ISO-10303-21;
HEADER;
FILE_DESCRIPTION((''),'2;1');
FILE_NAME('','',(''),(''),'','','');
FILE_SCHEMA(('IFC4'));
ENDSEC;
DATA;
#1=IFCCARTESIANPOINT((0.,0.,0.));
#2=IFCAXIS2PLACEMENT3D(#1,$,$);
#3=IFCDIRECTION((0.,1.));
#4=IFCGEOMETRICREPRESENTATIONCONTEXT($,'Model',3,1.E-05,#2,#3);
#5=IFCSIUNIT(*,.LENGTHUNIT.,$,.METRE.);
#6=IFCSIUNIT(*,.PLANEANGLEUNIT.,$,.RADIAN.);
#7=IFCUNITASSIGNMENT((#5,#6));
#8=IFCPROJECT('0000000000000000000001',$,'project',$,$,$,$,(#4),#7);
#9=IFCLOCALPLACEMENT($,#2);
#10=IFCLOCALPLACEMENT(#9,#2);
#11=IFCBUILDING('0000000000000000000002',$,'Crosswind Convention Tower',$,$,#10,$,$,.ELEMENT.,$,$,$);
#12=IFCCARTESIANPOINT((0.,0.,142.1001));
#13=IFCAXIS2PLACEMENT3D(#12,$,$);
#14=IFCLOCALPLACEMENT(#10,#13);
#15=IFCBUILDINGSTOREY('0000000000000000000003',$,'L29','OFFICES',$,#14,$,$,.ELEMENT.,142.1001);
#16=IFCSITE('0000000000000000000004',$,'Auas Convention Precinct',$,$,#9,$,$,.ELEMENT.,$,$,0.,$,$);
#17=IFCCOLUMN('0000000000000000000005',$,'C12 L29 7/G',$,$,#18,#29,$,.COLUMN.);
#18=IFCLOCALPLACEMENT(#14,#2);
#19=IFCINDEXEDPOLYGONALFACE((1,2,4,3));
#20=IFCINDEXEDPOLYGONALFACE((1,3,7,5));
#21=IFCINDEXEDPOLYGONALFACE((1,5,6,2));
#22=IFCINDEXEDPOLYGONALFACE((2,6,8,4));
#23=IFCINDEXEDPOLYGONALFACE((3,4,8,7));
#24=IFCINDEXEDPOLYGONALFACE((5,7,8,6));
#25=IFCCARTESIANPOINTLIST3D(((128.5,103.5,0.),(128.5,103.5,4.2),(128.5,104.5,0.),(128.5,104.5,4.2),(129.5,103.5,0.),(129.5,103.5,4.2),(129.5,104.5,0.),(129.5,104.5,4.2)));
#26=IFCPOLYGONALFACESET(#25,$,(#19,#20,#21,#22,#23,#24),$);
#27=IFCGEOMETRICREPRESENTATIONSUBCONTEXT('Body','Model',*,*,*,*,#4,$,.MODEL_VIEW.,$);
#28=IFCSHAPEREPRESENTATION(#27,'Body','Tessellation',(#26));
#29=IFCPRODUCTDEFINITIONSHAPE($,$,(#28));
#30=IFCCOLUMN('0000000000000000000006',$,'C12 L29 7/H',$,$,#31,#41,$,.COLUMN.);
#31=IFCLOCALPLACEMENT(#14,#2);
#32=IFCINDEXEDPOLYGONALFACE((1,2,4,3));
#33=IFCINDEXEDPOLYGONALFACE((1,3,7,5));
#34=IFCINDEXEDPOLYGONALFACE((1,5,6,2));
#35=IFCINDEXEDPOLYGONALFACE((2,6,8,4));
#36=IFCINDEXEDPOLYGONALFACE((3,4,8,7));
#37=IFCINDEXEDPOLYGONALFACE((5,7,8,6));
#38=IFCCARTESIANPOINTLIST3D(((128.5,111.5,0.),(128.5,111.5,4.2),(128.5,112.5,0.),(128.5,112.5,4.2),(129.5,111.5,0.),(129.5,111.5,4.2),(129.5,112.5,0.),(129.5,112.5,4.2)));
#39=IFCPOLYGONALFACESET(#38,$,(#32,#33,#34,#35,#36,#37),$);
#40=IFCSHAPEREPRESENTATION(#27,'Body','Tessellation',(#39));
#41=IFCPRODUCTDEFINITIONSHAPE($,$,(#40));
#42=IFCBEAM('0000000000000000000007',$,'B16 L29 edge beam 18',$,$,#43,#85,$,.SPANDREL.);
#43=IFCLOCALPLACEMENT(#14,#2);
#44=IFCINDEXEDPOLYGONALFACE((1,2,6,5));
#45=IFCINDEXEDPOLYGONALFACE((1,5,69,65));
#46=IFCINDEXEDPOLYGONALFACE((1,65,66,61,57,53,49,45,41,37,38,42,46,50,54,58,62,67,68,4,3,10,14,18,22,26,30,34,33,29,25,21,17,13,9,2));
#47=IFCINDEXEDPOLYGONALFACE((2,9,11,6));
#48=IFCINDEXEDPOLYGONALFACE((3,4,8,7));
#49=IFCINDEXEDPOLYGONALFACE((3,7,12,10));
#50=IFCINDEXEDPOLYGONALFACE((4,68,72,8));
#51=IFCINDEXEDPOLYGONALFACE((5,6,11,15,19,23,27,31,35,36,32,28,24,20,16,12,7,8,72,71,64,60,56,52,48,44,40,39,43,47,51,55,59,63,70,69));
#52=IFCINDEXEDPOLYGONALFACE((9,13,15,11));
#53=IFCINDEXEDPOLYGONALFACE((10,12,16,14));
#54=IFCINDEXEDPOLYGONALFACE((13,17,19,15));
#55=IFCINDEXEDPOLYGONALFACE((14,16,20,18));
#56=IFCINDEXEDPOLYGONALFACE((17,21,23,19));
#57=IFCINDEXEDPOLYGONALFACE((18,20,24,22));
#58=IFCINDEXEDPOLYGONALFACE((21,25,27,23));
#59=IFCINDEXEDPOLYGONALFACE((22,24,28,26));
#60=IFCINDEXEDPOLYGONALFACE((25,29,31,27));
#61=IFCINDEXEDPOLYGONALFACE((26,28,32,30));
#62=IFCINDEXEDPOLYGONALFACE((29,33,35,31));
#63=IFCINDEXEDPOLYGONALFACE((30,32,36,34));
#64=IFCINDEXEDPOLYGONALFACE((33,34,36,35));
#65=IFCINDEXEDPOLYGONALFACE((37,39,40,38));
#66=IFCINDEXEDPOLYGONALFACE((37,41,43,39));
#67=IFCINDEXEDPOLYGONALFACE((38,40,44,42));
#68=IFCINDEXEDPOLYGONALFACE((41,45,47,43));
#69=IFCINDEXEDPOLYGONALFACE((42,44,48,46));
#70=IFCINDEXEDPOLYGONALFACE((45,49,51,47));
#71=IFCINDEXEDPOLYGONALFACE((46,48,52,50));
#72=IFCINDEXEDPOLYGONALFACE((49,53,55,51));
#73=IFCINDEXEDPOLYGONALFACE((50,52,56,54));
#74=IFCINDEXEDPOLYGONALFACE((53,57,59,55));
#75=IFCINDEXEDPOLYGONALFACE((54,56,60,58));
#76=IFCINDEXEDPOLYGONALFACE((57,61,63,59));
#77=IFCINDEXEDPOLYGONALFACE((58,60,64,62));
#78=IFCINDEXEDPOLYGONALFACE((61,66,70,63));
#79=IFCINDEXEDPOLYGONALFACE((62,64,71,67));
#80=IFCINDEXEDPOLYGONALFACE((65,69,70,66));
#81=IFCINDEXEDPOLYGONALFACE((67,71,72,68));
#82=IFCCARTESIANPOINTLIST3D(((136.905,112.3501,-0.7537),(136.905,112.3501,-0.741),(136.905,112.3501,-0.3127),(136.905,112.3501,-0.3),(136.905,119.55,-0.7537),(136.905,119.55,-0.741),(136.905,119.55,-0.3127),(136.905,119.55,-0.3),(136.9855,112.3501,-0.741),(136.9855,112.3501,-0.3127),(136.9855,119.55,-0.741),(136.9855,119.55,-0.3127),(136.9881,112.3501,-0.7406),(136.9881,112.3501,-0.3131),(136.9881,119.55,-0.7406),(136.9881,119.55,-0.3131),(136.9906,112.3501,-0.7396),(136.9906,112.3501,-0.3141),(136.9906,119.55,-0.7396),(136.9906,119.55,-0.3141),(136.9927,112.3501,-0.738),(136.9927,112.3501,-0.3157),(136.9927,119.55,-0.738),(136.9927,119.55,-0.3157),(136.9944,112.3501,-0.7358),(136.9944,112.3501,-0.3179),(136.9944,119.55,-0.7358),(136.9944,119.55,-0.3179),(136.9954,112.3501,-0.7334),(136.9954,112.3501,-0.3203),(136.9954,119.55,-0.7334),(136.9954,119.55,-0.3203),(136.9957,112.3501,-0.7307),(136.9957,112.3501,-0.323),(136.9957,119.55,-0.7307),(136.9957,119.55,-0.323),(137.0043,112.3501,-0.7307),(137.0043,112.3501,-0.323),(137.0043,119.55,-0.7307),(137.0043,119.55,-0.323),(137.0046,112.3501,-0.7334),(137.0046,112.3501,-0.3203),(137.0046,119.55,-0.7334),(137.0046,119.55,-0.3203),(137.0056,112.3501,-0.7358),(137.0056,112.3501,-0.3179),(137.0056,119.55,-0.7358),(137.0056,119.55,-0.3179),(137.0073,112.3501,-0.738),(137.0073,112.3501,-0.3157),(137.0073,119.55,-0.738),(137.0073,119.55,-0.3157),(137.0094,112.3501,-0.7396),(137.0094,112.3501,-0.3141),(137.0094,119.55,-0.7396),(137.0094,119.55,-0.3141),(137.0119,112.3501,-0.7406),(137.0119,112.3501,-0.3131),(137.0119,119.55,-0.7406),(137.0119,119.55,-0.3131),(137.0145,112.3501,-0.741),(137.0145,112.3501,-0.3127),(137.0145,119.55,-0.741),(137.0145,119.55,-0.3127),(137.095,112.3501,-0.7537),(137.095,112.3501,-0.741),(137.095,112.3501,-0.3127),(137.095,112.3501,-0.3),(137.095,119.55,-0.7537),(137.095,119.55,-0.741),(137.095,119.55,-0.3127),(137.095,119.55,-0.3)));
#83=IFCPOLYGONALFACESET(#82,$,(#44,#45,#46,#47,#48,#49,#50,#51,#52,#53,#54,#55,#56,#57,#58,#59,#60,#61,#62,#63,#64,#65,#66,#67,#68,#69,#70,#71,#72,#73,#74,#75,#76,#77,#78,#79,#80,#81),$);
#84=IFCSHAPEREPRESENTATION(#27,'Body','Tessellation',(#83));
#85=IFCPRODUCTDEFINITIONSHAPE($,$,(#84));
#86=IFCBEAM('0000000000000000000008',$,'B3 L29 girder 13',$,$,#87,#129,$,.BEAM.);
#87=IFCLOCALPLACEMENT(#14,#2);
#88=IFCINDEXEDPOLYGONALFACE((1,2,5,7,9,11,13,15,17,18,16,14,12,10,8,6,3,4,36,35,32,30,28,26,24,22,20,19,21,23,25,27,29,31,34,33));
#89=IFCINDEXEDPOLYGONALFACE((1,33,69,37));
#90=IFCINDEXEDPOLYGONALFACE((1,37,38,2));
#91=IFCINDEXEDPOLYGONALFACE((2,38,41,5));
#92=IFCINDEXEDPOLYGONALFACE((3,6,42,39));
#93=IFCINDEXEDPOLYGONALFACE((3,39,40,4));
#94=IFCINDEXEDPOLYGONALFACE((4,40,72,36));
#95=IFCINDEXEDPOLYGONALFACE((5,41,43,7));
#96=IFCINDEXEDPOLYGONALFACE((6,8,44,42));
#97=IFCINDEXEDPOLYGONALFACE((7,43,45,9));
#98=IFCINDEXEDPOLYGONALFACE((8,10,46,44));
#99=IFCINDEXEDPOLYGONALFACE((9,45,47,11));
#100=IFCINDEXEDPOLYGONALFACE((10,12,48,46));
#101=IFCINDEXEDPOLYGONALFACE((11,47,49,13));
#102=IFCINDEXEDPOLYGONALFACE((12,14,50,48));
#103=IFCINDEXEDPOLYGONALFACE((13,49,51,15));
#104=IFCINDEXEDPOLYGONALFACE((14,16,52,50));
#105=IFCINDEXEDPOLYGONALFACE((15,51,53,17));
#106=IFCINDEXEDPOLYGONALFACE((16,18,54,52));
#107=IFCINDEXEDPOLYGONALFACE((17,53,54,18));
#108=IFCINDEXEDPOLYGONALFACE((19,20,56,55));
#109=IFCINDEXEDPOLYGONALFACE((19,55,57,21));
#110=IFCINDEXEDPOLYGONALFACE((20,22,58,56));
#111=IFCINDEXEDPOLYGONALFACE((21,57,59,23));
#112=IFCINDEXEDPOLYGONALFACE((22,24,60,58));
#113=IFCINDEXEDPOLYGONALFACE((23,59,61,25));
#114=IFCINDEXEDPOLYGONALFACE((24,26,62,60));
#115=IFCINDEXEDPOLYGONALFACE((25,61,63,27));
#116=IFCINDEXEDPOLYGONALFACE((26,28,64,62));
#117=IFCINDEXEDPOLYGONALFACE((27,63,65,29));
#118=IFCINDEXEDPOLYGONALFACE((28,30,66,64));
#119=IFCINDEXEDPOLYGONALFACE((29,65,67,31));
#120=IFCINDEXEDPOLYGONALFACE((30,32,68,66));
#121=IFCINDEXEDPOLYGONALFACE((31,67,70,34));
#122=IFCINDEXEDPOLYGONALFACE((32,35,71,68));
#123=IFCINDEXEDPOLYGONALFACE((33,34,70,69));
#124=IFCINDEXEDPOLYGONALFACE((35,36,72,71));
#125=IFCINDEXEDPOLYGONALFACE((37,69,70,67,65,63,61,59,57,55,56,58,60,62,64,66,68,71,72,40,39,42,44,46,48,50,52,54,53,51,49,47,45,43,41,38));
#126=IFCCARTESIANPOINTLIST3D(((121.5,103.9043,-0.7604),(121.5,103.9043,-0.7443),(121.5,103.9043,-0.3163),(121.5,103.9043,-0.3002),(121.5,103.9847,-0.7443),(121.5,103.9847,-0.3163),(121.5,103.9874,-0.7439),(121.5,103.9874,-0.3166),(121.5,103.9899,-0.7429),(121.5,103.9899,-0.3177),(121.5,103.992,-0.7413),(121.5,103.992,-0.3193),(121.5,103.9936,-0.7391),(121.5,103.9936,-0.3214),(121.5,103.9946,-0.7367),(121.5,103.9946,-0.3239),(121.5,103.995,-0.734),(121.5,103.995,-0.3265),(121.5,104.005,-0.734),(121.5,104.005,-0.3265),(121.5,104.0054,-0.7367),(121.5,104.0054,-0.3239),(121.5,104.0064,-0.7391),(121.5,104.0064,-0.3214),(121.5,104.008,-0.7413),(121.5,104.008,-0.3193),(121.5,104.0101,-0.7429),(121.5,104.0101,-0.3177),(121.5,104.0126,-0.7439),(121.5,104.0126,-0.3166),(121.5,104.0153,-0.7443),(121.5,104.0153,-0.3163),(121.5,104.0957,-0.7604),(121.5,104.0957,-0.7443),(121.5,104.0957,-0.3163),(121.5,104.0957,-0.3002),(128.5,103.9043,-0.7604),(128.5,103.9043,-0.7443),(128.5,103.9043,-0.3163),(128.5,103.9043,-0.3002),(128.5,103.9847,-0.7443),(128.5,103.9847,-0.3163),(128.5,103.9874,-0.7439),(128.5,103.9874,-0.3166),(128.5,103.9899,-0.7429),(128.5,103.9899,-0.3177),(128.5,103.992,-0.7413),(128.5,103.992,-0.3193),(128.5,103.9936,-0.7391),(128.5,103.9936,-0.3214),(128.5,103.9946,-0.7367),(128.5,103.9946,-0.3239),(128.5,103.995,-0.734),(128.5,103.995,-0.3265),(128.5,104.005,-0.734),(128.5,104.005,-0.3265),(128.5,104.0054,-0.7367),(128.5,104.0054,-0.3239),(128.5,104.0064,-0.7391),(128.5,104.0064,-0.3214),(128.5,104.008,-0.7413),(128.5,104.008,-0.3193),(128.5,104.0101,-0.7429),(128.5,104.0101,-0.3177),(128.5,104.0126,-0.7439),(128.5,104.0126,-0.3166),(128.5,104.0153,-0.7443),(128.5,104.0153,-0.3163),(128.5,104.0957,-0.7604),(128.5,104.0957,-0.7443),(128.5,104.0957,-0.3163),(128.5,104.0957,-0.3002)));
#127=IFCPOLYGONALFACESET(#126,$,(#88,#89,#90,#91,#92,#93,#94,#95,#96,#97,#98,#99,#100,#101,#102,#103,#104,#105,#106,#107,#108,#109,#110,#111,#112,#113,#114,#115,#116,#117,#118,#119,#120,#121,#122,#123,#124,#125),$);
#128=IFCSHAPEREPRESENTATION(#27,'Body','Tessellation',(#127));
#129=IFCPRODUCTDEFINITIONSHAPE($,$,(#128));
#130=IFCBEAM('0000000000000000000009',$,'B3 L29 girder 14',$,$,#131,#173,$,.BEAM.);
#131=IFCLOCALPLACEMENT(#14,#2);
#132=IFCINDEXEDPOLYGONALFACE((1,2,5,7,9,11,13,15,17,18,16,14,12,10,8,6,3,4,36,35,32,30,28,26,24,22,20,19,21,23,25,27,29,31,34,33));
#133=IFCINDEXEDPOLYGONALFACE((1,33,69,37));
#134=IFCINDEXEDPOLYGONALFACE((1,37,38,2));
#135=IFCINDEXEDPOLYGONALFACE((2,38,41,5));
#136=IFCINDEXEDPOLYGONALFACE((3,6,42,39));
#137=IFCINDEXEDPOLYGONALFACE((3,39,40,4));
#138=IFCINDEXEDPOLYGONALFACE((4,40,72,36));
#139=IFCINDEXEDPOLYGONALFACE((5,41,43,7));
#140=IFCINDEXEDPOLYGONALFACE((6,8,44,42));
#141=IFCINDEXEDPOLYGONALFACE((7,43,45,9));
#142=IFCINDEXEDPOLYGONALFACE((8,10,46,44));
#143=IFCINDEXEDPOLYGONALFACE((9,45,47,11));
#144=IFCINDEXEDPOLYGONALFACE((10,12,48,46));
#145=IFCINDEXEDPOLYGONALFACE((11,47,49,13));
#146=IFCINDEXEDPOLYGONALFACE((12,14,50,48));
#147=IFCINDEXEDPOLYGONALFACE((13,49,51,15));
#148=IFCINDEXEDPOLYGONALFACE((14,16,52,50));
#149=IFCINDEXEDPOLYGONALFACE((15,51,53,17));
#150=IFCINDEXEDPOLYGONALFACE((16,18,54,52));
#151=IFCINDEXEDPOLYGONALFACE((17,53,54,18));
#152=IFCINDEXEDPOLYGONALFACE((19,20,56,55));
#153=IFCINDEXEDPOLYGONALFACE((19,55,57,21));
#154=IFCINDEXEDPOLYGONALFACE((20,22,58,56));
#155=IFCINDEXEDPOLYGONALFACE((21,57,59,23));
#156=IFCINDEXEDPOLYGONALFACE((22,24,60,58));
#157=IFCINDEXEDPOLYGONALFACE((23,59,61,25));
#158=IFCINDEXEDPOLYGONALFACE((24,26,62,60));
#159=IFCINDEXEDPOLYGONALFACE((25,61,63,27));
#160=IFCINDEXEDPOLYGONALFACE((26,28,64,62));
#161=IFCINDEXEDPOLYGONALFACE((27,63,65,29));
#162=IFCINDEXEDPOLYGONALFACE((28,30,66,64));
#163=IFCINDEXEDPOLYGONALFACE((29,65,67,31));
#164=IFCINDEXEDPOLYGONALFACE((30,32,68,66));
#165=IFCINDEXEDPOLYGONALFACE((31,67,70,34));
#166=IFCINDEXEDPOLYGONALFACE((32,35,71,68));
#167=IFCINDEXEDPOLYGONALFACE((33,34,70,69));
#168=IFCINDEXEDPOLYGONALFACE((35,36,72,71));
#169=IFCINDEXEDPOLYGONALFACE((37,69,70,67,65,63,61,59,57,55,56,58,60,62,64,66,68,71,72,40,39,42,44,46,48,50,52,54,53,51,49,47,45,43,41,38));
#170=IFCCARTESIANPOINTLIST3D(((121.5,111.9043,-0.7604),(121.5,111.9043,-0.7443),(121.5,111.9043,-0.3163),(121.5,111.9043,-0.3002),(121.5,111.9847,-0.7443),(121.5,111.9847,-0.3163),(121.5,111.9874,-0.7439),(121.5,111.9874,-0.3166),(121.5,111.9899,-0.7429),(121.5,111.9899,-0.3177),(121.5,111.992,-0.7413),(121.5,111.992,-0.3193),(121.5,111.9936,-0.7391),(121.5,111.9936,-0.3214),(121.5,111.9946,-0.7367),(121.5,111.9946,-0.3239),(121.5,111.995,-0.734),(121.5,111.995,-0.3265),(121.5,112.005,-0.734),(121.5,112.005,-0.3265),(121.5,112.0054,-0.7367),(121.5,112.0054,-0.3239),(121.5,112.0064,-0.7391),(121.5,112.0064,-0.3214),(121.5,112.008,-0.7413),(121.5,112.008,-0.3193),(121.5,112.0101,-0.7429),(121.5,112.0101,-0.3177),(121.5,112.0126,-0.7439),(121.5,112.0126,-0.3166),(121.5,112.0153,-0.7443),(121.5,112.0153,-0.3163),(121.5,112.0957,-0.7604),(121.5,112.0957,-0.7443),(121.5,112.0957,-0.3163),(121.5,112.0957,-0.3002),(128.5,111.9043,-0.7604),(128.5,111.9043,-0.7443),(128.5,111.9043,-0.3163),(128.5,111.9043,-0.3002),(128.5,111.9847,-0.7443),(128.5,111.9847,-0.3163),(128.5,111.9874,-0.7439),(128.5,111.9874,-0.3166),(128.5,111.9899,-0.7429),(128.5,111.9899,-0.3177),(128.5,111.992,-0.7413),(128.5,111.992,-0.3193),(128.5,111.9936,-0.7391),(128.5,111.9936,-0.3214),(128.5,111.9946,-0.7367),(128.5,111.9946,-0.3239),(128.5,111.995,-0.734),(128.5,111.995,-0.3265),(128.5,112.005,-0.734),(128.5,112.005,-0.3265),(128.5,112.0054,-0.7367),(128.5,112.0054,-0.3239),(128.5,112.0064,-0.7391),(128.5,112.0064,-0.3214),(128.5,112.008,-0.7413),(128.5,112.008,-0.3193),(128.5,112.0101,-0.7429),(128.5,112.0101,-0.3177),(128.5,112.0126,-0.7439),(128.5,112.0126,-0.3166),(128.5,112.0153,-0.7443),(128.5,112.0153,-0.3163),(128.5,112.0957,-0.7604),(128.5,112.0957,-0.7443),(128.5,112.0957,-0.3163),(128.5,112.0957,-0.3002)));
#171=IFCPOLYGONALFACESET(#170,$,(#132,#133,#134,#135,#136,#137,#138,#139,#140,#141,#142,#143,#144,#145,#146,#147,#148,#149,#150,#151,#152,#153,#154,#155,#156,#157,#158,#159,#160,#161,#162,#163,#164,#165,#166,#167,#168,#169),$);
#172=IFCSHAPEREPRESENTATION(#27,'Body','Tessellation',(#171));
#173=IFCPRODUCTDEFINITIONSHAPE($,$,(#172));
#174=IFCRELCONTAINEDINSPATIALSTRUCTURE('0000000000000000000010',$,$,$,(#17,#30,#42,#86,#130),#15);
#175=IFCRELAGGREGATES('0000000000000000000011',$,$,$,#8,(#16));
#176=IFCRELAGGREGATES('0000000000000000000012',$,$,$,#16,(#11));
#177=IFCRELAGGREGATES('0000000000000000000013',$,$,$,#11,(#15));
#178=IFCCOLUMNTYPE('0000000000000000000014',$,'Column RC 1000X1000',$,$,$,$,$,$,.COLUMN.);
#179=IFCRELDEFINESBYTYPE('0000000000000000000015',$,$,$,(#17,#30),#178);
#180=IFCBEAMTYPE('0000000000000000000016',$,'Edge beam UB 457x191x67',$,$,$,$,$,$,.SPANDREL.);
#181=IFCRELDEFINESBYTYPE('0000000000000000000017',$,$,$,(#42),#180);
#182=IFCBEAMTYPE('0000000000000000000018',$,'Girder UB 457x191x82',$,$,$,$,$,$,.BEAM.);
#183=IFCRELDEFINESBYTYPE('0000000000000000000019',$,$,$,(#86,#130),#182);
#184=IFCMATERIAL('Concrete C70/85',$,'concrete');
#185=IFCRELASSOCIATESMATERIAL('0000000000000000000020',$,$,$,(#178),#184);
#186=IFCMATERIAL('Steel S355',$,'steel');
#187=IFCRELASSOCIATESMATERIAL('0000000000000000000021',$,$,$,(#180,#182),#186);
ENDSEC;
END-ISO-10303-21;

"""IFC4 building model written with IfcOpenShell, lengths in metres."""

from ifc_helpers import new_model, si_unit, direction, frame, origin, origin_2d, place, context, subcontext, project, spatial, rectangle, i_section, extrude, material, material_profile, profile_set, type_object, element, save


model = new_model("IFC4")

# Units and contexts
model_context = context("Model", 3, precision=1e-05, world=origin(), true_north=direction((0.0, 1.0)))
body_context = subcontext(model_context, "Body", "Model", "MODEL_VIEW")
ifc_project = project(units=[si_unit("LENGTHUNIT", "METRE"), si_unit("PLANEANGLEUNIT", "RADIAN")], contexts=[model_context])

# Site, building, storey
site_placement = place(None, origin())
site = spatial("IfcSite", under=ifc_project, at=site_placement, Name="Auas Convention Precinct", CompositionType="ELEMENT", RefElevation=0.0)
building_placement = place(site_placement, origin())
building = spatial("IfcBuilding", under=site, at=building_placement, Name="Crosswind Convention Tower", CompositionType="ELEMENT")
storey_placement = place(building_placement, frame((0.0, 0.0, 142.1001)))
storey = spatial("IfcBuildingStorey", under=building, at=storey_placement, Name="L29", Description="OFFICES", CompositionType="ELEMENT", Elevation=142.1001)

# Columns
ifc_material_1 = material(Name="Concrete C70/85", Category="concrete")
ifc_material_profile_1 = material_profile(ifc_material_1, rectangle(XDim=1.0, YDim=1.0, at=origin_2d()), Name="RC 1000X1000")
ifc_profile_set_1 = profile_set([ifc_material_profile_1], Name="Concrete C70/85")
column_type = type_object("IfcColumnType", Name="Column RC 1000X1000", PredefinedType="COLUMN", material=ifc_profile_set_1)
for number, where, z_axis, x_axis, name in (
    (1, (129.0, 104.0, 0.0), (0.0, 0.0, 1.0), (1.0, 0.0, 0.0), "C12 L29 7/G"),
    (2, (129.0, 112.0, 0.0), (0.0, 0.0, 1.0), (1.0, 0.0, 0.0), "C12 L29 7/H"),
):
    element("IfcColumn", number, at=place(storey_placement, frame(where, z_axis=z_axis, x_axis=x_axis)), inside=storey, type_object=column_type, Name=name, PredefinedType="COLUMN", context=body_context, shape_type="SweptSolid", body=[
        extrude(rectangle(XDim=1.0, YDim=1.0, at=origin_2d()), origin(), (0.0, 0.0, 1.0), 4.2),
    ])

# Beams
ifc_material_2 = material(Name="Steel S355", Category="steel")
ifc_material_profile_2 = material_profile(ifc_material_2, i_section(OverallWidth=0.1899, OverallDepth=0.4536, WebThickness=0.0085, FlangeThickness=0.0127, FilletRadius=0.0103, at=origin_2d()), Name="UB 457x191x67")
ifc_profile_set_2 = profile_set([ifc_material_profile_2], Name="Steel S355")
beam_type_1 = type_object("IfcBeamType", Name="Edge beam UB 457x191x67", PredefinedType="SPANDREL", material=ifc_profile_set_2)
beam_placement = place(storey_placement, frame((137.0, 112.3501, -0.5269), z_axis=(0.0, 1.0, 0.0), x_axis=(-1.0, 0.0, 0.0)))
element("IfcBeam", 3, at=beam_placement, inside=storey, type_object=beam_type_1, Name="B16 L29 edge beam 18", PredefinedType="SPANDREL", context=body_context, shape_type="SweptSolid", body=[
    extrude(i_section(OverallWidth=0.1899, OverallDepth=0.4536, WebThickness=0.0085, FlangeThickness=0.0127, FilletRadius=0.0103, at=origin_2d()), origin(), (0.0, 0.0, 1.0), 7.2),
])
ifc_material_profile_3 = material_profile(ifc_material_2, i_section(OverallWidth=0.1914, OverallDepth=0.4602, WebThickness=0.01, FlangeThickness=0.0161, FilletRadius=0.0103, at=origin_2d()), Name="UB 457x191x82")
ifc_profile_set_3 = profile_set([ifc_material_profile_3], Name="Steel S355")
beam_type_2 = type_object("IfcBeamType", Name="Girder UB 457x191x82", PredefinedType="BEAM", material=ifc_profile_set_3)
for number, where, z_axis, x_axis, name in (
    (4, (121.5, 104.0, -0.5303), (1.0, 0.0, 0.0), (0.0, 1.0, 0.0), "B3 L29 girder 13"),
    (5, (121.5, 112.0, -0.5303), (1.0, 0.0, 0.0), (0.0, 1.0, 0.0), "B3 L29 girder 14"),
):
    element("IfcBeam", number, at=place(storey_placement, frame(where, z_axis=z_axis, x_axis=x_axis)), inside=storey, type_object=beam_type_2, Name=name, PredefinedType="BEAM", context=body_context, shape_type="SweptSolid", body=[
        extrude(i_section(OverallWidth=0.1914, OverallDepth=0.4602, WebThickness=0.01, FlangeThickness=0.0161, FilletRadius=0.0103, at=origin_2d()), origin(), (0.0, 0.0, 1.0), 7.0),
    ])

save(model, "model.ifc")
